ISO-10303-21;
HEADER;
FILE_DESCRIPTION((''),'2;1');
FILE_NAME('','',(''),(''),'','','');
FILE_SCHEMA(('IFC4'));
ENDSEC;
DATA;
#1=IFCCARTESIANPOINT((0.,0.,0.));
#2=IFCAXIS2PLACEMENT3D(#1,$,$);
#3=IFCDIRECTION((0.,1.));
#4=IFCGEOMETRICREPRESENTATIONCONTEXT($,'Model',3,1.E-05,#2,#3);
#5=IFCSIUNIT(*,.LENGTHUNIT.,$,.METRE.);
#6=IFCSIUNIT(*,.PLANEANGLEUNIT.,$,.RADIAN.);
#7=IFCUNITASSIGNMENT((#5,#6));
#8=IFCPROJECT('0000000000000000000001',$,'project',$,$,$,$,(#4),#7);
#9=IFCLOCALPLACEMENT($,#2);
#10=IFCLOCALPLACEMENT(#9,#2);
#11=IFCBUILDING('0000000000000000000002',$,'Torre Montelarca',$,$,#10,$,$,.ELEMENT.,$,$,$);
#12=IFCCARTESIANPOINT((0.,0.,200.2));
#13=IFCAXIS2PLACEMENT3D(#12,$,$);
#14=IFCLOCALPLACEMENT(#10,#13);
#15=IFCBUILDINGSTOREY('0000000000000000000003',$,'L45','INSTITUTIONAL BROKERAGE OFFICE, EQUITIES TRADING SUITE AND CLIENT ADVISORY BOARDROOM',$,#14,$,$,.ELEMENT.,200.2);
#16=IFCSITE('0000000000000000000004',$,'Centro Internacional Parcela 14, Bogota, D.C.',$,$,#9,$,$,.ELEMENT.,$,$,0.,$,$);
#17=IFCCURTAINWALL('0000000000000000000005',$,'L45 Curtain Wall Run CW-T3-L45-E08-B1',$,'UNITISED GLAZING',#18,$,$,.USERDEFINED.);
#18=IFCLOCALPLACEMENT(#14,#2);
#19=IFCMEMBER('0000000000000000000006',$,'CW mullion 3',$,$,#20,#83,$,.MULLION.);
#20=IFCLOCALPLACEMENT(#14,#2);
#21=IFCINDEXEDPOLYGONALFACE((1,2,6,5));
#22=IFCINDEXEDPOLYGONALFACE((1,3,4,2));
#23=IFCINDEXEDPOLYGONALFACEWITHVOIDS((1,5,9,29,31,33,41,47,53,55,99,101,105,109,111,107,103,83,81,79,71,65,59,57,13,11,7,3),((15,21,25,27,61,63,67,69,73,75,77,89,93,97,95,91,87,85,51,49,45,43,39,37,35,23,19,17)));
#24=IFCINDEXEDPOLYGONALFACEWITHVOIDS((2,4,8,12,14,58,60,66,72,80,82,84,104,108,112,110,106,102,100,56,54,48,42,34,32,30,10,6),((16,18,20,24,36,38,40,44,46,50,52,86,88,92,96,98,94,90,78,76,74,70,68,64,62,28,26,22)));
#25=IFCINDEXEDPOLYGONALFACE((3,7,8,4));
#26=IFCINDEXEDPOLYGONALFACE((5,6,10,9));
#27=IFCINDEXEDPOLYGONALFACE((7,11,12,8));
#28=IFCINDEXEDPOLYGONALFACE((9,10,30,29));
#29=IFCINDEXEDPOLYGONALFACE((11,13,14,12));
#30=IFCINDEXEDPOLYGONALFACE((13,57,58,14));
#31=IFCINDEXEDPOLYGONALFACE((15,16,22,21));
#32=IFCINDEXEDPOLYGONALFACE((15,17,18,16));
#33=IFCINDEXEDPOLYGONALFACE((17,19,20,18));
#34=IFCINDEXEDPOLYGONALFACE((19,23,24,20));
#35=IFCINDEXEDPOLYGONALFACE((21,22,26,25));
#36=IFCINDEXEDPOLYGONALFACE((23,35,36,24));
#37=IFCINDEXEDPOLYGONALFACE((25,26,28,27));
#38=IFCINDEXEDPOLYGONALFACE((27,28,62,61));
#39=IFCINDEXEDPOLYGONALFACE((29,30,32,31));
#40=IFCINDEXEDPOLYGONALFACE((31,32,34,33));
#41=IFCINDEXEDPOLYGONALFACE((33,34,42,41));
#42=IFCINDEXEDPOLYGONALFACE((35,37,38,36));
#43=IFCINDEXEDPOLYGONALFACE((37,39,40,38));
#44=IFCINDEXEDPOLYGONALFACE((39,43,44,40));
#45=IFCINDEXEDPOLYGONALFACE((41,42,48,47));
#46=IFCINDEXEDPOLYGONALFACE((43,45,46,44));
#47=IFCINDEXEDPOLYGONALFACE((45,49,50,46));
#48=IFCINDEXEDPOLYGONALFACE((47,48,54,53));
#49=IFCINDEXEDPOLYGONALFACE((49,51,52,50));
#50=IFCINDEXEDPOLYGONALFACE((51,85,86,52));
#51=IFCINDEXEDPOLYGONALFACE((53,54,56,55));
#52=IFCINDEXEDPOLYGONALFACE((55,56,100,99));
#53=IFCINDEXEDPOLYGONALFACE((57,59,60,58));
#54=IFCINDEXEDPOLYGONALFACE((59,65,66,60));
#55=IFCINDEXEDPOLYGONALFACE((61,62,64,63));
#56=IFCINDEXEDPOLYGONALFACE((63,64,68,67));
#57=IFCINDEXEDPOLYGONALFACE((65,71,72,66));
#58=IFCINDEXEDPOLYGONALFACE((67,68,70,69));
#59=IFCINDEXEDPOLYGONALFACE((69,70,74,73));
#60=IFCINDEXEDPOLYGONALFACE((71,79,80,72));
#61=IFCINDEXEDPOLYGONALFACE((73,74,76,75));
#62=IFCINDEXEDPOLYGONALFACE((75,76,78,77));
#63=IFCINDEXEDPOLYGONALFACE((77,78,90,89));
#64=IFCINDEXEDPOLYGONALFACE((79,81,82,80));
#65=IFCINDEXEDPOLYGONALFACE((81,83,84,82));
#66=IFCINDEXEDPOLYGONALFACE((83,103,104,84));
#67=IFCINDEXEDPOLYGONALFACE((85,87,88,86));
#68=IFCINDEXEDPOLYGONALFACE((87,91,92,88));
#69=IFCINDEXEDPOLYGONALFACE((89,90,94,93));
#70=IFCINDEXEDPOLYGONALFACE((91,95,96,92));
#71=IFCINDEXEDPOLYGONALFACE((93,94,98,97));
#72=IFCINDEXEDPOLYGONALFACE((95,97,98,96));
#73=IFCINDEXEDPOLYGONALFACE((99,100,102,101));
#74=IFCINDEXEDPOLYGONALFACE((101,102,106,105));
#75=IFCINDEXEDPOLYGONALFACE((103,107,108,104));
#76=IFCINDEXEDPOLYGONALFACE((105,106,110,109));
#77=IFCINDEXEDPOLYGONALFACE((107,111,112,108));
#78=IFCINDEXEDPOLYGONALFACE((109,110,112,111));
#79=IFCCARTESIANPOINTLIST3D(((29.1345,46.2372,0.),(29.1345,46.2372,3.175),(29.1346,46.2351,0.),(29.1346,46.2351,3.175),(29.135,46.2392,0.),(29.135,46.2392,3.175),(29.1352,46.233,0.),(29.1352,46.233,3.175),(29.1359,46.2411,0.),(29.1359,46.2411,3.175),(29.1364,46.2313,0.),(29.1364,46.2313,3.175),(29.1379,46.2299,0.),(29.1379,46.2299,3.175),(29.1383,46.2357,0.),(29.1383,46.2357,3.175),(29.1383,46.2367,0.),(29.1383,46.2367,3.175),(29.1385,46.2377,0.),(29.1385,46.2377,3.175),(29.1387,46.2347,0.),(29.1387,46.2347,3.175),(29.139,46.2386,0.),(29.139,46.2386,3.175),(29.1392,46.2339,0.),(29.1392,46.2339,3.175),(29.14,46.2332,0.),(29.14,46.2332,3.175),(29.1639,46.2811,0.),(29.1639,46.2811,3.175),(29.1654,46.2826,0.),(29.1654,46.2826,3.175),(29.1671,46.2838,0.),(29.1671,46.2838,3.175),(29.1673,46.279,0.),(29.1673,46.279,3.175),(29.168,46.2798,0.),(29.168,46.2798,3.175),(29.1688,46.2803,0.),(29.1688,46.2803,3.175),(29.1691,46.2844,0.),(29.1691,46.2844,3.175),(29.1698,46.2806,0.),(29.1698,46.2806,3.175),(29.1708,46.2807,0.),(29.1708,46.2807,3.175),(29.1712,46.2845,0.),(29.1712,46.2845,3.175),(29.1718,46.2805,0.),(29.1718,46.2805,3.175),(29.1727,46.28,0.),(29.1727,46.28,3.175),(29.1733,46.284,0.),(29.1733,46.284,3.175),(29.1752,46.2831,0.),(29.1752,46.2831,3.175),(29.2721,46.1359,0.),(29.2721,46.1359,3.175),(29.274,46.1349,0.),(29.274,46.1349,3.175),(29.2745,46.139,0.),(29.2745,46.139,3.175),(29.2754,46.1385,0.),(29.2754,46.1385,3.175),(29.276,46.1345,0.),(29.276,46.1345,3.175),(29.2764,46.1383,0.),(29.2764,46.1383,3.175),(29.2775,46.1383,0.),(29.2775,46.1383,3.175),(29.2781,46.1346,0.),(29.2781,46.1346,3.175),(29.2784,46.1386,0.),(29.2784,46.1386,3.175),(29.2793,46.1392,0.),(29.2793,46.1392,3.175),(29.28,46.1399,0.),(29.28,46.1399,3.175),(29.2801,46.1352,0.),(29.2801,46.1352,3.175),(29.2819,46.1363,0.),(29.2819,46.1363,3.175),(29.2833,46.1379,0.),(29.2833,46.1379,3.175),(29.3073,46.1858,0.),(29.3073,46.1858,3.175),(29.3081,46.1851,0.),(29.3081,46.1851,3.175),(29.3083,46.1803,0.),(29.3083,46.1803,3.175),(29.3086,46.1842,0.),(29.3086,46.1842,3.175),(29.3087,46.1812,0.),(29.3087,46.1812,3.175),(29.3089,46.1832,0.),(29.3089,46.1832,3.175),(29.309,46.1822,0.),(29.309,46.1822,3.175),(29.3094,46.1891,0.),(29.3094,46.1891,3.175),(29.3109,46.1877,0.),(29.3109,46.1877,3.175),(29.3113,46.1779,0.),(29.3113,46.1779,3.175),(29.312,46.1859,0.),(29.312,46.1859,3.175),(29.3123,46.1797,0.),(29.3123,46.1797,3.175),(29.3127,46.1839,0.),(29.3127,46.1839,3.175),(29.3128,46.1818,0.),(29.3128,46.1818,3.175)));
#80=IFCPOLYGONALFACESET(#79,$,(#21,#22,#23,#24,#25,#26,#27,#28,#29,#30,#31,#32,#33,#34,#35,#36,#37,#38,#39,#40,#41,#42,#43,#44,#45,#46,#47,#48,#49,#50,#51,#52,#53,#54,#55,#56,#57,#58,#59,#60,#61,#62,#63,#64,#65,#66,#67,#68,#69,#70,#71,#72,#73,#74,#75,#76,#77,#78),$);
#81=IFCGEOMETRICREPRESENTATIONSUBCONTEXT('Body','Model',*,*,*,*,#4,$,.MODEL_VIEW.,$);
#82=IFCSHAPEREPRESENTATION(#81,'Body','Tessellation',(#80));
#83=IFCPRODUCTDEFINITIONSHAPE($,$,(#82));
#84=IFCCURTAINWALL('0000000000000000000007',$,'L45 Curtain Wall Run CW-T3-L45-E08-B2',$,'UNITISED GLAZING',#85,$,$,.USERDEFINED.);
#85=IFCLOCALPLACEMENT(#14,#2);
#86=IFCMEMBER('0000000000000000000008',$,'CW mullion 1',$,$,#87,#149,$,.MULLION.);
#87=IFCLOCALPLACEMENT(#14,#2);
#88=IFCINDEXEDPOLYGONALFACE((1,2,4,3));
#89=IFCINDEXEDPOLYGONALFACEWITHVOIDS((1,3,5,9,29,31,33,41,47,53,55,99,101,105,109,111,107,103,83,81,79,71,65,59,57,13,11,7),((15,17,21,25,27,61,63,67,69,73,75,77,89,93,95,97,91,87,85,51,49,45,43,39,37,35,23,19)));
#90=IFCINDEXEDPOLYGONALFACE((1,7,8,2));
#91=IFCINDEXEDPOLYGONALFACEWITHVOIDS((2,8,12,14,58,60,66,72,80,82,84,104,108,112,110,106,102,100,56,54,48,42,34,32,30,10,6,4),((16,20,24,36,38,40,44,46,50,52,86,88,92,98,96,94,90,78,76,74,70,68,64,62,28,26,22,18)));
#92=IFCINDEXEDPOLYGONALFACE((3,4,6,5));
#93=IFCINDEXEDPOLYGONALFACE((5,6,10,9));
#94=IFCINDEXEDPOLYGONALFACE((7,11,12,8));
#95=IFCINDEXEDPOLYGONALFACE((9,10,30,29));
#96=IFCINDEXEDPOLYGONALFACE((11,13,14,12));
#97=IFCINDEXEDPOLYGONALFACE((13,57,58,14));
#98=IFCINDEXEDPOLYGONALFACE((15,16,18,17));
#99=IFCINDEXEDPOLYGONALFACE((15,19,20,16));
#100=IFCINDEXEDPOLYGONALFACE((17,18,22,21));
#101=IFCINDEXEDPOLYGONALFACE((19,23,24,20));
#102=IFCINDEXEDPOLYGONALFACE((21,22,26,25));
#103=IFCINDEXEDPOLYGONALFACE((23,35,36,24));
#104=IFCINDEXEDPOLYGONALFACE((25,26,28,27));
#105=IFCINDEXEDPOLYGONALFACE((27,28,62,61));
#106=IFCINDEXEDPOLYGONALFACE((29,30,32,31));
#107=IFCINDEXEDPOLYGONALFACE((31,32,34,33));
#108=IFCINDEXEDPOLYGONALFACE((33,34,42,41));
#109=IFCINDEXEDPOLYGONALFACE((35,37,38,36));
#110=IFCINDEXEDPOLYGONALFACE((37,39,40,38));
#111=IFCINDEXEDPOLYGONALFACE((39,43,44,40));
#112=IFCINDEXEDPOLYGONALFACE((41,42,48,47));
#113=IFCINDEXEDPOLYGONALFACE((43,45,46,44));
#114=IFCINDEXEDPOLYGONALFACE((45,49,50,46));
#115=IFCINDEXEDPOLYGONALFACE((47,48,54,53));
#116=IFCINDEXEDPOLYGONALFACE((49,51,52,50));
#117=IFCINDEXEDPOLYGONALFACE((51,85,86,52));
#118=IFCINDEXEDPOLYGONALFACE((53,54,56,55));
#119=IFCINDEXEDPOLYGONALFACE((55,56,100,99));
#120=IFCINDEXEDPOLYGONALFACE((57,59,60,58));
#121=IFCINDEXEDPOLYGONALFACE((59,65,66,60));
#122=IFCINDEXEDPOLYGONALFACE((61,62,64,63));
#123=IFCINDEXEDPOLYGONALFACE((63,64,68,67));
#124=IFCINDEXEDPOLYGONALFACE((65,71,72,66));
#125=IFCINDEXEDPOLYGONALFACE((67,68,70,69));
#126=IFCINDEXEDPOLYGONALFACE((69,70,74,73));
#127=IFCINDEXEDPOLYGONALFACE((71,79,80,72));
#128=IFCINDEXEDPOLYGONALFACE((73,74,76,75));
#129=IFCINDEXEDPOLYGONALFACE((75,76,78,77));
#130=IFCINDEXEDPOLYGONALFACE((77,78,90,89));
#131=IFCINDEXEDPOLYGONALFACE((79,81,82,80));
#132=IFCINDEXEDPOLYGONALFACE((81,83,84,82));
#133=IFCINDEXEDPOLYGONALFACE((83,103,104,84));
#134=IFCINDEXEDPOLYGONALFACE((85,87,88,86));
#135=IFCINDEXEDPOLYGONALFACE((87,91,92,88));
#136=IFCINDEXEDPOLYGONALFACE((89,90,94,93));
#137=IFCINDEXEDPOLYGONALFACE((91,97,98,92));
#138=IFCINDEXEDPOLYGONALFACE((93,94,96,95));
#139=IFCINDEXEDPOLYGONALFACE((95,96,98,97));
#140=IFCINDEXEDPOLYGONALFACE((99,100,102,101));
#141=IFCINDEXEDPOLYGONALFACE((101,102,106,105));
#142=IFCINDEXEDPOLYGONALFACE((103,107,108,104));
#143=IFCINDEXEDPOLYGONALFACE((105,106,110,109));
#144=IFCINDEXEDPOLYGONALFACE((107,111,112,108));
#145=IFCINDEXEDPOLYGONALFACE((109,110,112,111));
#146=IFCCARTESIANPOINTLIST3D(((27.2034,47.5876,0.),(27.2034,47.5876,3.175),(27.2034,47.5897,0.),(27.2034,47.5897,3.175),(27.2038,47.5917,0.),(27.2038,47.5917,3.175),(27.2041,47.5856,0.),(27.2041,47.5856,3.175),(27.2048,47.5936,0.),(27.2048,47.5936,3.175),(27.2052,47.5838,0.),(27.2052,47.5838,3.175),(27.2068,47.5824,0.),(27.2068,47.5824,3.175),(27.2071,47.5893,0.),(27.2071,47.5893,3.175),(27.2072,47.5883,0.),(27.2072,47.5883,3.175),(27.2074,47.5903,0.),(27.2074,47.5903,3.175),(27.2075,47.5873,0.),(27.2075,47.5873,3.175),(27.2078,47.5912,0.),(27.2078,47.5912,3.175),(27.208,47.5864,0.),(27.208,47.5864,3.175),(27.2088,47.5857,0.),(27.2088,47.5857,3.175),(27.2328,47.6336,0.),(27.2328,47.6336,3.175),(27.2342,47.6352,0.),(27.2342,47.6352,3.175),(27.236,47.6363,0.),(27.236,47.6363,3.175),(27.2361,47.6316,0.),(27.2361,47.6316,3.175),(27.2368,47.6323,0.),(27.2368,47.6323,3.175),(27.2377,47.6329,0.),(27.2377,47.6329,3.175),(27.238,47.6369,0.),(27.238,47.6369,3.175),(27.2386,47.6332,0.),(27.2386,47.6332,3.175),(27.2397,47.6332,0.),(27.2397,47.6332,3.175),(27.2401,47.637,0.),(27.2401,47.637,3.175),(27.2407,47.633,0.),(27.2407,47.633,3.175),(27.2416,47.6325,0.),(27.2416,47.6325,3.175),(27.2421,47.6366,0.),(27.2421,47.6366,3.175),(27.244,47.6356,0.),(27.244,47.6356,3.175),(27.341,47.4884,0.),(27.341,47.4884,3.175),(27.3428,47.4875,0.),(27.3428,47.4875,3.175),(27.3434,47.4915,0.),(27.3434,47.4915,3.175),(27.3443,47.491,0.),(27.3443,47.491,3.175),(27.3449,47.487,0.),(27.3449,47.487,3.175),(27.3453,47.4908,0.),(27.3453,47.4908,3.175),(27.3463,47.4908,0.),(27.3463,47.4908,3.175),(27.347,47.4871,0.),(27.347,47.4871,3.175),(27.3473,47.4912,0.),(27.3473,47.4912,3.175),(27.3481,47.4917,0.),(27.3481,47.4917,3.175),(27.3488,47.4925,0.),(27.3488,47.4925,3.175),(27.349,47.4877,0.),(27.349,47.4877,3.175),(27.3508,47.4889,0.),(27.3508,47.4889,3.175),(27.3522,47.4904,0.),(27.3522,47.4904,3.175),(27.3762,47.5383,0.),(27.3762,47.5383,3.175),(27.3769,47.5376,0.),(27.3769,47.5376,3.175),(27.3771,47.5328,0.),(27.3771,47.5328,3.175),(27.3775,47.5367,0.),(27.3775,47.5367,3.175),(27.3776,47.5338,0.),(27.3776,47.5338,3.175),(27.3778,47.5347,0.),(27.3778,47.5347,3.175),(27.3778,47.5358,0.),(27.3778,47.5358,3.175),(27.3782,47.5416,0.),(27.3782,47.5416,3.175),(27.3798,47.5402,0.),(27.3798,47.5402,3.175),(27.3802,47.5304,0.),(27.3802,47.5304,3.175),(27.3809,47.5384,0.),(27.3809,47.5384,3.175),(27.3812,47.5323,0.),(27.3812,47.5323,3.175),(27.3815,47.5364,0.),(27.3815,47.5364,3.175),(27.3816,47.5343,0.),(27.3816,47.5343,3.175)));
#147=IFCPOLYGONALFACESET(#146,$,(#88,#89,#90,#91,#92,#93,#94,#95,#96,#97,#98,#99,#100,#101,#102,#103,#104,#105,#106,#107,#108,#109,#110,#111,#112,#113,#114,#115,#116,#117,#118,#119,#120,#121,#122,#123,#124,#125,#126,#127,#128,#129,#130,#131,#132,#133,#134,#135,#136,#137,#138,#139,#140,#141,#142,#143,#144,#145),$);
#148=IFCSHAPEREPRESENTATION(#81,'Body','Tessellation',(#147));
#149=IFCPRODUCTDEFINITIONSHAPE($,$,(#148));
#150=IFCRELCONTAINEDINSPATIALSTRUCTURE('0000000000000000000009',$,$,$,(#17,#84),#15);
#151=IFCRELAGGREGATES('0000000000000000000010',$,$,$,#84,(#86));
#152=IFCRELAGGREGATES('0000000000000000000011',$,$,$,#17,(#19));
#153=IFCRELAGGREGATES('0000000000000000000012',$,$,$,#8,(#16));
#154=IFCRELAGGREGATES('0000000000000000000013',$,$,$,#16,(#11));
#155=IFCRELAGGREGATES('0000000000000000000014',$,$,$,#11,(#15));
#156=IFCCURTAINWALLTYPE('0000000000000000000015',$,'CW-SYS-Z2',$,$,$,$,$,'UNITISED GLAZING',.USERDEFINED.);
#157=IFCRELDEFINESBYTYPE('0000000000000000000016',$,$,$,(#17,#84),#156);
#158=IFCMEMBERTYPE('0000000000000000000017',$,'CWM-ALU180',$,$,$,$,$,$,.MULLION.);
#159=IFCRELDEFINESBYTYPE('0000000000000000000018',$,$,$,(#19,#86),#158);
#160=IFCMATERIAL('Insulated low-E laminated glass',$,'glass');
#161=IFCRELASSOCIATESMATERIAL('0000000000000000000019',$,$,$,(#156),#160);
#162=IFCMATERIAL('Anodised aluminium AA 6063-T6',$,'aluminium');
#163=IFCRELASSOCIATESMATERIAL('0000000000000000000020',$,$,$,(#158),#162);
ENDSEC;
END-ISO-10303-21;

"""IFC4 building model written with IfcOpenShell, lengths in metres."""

from ifc_helpers import new_model, si_unit, direction, frame, origin, origin_2d, place, context, subcontext, project, spatial, hollow_rectangle, extrude, source, transform, mapped, material, material_profile, profile_set, type_object, element, aggregate, save


model = new_model("IFC4")

# Units and contexts
model_context = context("Model", 3, precision=1e-05, world=origin(), true_north=direction((0.0, 1.0)))
body_context = subcontext(model_context, "Body", "Model", "MODEL_VIEW")
ifc_project = project(units=[si_unit("LENGTHUNIT", "METRE"), si_unit("PLANEANGLEUNIT", "RADIAN")], contexts=[model_context])

# Site, building, storey
site_placement = place(None, origin())
site = spatial("IfcSite", under=ifc_project, at=site_placement, Name="Centro Internacional Parcela 14, Bogota, D.C.", CompositionType="ELEMENT", RefElevation=0.0)
building_placement = place(site_placement, origin())
building = spatial("IfcBuilding", under=site, at=building_placement, Name="Torre Montelarca", CompositionType="ELEMENT")
storey_placement = place(building_placement, frame((0.0, 0.0, 200.2)))
storey = spatial("IfcBuildingStorey", under=building, at=storey_placement, Name="L45", Description="INSTITUTIONAL BROKERAGE OFFICE, EQUITIES TRADING SUITE AND CLIENT ADVISORY BOARDROOM", CompositionType="ELEMENT", Elevation=200.2)

# Curtain walls, members
ifc_material_1 = material(Name="Insulated low-E laminated glass", Category="glass")
curtain_wall_type = type_object("IfcCurtainWallType", Name="CW-SYS-Z2", ElementType="UNITISED GLAZING", PredefinedType="USERDEFINED", material=ifc_material_1)
ifc_material_2 = material(Name="Anodised aluminium AA 6063-T6", Category="aluminium")
ifc_material_profile_1 = material_profile(ifc_material_2, hollow_rectangle(XDim=0.0649, YDim=0.1799, WallThickness=0.0039, InnerFilletRadius=0.0039, OuterFilletRadius=0.0081, at=origin_2d()), Name="ALU65X180X4", Category="aluminium")
ifc_profile_set_1 = profile_set([ifc_material_profile_1], Name="Anodised aluminium AA 6063-T6")
member_type_1 = type_object("IfcMemberType", Name="CWM-ALU180", PredefinedType="MULLION", material=ifc_profile_set_1)
curtain_wall_1_placement = place(storey_placement, origin())
curtain_wall_1 = element("IfcCurtainWall", 1, at=curtain_wall_1_placement, inside=storey, type_object=curtain_wall_type, Name="L45 Curtain Wall Run CW-T3-L45-E08-B1", ObjectType="UNITISED GLAZING", PredefinedType="USERDEFINED")
shared_shape_1 = source(origin(), body_context, "Body", "SweptSolid", [
    extrude(hollow_rectangle(XDim=0.0649, YDim=0.1799, WallThickness=0.0039, InnerFilletRadius=0.0039, OuterFilletRadius=0.0081, at=origin_2d()), origin(), (0.0, 0.0, 1.0), 3.175),
])
member_1_placement = place(storey_placement, frame((29.2236, 46.2095, 0.0), z_axis=(0.0, 0.0, 1.0), x_axis=(-0.573572, -0.819155, 0.0)))
member_1 = element("IfcMember", 2, at=member_1_placement, type_object=member_type_1, Name="CW mullion 3", PredefinedType="MULLION", context=body_context, shape_type="MappedRepresentation", body=[
    mapped(shared_shape_1, transform((0.0, 0.0, 0.0), scale=1.0)),
])
curtain_wall_2_placement = place(storey_placement, origin())
curtain_wall_2 = element("IfcCurtainWall", 3, at=curtain_wall_2_placement, inside=storey, type_object=curtain_wall_type, Name="L45 Curtain Wall Run CW-T3-L45-E08-B2", ObjectType="UNITISED GLAZING", PredefinedType="USERDEFINED")
member_2_placement = place(storey_placement, frame((27.2925, 47.562, 0.0), z_axis=(0.0, 0.0, 1.0), x_axis=(-0.573579, -0.819151, 0.0)))
member_2 = element("IfcMember", 4, at=member_2_placement, type_object=member_type_1, Name="CW mullion 1", PredefinedType="MULLION", context=body_context, shape_type="MappedRepresentation", body=[
    mapped(shared_shape_1, transform((0.0, 0.0, 0.0), scale=1.0)),
])

aggregate(curtain_wall_2, [member_2])
aggregate(curtain_wall_1, [member_1])

save(model, "model.ifc")
